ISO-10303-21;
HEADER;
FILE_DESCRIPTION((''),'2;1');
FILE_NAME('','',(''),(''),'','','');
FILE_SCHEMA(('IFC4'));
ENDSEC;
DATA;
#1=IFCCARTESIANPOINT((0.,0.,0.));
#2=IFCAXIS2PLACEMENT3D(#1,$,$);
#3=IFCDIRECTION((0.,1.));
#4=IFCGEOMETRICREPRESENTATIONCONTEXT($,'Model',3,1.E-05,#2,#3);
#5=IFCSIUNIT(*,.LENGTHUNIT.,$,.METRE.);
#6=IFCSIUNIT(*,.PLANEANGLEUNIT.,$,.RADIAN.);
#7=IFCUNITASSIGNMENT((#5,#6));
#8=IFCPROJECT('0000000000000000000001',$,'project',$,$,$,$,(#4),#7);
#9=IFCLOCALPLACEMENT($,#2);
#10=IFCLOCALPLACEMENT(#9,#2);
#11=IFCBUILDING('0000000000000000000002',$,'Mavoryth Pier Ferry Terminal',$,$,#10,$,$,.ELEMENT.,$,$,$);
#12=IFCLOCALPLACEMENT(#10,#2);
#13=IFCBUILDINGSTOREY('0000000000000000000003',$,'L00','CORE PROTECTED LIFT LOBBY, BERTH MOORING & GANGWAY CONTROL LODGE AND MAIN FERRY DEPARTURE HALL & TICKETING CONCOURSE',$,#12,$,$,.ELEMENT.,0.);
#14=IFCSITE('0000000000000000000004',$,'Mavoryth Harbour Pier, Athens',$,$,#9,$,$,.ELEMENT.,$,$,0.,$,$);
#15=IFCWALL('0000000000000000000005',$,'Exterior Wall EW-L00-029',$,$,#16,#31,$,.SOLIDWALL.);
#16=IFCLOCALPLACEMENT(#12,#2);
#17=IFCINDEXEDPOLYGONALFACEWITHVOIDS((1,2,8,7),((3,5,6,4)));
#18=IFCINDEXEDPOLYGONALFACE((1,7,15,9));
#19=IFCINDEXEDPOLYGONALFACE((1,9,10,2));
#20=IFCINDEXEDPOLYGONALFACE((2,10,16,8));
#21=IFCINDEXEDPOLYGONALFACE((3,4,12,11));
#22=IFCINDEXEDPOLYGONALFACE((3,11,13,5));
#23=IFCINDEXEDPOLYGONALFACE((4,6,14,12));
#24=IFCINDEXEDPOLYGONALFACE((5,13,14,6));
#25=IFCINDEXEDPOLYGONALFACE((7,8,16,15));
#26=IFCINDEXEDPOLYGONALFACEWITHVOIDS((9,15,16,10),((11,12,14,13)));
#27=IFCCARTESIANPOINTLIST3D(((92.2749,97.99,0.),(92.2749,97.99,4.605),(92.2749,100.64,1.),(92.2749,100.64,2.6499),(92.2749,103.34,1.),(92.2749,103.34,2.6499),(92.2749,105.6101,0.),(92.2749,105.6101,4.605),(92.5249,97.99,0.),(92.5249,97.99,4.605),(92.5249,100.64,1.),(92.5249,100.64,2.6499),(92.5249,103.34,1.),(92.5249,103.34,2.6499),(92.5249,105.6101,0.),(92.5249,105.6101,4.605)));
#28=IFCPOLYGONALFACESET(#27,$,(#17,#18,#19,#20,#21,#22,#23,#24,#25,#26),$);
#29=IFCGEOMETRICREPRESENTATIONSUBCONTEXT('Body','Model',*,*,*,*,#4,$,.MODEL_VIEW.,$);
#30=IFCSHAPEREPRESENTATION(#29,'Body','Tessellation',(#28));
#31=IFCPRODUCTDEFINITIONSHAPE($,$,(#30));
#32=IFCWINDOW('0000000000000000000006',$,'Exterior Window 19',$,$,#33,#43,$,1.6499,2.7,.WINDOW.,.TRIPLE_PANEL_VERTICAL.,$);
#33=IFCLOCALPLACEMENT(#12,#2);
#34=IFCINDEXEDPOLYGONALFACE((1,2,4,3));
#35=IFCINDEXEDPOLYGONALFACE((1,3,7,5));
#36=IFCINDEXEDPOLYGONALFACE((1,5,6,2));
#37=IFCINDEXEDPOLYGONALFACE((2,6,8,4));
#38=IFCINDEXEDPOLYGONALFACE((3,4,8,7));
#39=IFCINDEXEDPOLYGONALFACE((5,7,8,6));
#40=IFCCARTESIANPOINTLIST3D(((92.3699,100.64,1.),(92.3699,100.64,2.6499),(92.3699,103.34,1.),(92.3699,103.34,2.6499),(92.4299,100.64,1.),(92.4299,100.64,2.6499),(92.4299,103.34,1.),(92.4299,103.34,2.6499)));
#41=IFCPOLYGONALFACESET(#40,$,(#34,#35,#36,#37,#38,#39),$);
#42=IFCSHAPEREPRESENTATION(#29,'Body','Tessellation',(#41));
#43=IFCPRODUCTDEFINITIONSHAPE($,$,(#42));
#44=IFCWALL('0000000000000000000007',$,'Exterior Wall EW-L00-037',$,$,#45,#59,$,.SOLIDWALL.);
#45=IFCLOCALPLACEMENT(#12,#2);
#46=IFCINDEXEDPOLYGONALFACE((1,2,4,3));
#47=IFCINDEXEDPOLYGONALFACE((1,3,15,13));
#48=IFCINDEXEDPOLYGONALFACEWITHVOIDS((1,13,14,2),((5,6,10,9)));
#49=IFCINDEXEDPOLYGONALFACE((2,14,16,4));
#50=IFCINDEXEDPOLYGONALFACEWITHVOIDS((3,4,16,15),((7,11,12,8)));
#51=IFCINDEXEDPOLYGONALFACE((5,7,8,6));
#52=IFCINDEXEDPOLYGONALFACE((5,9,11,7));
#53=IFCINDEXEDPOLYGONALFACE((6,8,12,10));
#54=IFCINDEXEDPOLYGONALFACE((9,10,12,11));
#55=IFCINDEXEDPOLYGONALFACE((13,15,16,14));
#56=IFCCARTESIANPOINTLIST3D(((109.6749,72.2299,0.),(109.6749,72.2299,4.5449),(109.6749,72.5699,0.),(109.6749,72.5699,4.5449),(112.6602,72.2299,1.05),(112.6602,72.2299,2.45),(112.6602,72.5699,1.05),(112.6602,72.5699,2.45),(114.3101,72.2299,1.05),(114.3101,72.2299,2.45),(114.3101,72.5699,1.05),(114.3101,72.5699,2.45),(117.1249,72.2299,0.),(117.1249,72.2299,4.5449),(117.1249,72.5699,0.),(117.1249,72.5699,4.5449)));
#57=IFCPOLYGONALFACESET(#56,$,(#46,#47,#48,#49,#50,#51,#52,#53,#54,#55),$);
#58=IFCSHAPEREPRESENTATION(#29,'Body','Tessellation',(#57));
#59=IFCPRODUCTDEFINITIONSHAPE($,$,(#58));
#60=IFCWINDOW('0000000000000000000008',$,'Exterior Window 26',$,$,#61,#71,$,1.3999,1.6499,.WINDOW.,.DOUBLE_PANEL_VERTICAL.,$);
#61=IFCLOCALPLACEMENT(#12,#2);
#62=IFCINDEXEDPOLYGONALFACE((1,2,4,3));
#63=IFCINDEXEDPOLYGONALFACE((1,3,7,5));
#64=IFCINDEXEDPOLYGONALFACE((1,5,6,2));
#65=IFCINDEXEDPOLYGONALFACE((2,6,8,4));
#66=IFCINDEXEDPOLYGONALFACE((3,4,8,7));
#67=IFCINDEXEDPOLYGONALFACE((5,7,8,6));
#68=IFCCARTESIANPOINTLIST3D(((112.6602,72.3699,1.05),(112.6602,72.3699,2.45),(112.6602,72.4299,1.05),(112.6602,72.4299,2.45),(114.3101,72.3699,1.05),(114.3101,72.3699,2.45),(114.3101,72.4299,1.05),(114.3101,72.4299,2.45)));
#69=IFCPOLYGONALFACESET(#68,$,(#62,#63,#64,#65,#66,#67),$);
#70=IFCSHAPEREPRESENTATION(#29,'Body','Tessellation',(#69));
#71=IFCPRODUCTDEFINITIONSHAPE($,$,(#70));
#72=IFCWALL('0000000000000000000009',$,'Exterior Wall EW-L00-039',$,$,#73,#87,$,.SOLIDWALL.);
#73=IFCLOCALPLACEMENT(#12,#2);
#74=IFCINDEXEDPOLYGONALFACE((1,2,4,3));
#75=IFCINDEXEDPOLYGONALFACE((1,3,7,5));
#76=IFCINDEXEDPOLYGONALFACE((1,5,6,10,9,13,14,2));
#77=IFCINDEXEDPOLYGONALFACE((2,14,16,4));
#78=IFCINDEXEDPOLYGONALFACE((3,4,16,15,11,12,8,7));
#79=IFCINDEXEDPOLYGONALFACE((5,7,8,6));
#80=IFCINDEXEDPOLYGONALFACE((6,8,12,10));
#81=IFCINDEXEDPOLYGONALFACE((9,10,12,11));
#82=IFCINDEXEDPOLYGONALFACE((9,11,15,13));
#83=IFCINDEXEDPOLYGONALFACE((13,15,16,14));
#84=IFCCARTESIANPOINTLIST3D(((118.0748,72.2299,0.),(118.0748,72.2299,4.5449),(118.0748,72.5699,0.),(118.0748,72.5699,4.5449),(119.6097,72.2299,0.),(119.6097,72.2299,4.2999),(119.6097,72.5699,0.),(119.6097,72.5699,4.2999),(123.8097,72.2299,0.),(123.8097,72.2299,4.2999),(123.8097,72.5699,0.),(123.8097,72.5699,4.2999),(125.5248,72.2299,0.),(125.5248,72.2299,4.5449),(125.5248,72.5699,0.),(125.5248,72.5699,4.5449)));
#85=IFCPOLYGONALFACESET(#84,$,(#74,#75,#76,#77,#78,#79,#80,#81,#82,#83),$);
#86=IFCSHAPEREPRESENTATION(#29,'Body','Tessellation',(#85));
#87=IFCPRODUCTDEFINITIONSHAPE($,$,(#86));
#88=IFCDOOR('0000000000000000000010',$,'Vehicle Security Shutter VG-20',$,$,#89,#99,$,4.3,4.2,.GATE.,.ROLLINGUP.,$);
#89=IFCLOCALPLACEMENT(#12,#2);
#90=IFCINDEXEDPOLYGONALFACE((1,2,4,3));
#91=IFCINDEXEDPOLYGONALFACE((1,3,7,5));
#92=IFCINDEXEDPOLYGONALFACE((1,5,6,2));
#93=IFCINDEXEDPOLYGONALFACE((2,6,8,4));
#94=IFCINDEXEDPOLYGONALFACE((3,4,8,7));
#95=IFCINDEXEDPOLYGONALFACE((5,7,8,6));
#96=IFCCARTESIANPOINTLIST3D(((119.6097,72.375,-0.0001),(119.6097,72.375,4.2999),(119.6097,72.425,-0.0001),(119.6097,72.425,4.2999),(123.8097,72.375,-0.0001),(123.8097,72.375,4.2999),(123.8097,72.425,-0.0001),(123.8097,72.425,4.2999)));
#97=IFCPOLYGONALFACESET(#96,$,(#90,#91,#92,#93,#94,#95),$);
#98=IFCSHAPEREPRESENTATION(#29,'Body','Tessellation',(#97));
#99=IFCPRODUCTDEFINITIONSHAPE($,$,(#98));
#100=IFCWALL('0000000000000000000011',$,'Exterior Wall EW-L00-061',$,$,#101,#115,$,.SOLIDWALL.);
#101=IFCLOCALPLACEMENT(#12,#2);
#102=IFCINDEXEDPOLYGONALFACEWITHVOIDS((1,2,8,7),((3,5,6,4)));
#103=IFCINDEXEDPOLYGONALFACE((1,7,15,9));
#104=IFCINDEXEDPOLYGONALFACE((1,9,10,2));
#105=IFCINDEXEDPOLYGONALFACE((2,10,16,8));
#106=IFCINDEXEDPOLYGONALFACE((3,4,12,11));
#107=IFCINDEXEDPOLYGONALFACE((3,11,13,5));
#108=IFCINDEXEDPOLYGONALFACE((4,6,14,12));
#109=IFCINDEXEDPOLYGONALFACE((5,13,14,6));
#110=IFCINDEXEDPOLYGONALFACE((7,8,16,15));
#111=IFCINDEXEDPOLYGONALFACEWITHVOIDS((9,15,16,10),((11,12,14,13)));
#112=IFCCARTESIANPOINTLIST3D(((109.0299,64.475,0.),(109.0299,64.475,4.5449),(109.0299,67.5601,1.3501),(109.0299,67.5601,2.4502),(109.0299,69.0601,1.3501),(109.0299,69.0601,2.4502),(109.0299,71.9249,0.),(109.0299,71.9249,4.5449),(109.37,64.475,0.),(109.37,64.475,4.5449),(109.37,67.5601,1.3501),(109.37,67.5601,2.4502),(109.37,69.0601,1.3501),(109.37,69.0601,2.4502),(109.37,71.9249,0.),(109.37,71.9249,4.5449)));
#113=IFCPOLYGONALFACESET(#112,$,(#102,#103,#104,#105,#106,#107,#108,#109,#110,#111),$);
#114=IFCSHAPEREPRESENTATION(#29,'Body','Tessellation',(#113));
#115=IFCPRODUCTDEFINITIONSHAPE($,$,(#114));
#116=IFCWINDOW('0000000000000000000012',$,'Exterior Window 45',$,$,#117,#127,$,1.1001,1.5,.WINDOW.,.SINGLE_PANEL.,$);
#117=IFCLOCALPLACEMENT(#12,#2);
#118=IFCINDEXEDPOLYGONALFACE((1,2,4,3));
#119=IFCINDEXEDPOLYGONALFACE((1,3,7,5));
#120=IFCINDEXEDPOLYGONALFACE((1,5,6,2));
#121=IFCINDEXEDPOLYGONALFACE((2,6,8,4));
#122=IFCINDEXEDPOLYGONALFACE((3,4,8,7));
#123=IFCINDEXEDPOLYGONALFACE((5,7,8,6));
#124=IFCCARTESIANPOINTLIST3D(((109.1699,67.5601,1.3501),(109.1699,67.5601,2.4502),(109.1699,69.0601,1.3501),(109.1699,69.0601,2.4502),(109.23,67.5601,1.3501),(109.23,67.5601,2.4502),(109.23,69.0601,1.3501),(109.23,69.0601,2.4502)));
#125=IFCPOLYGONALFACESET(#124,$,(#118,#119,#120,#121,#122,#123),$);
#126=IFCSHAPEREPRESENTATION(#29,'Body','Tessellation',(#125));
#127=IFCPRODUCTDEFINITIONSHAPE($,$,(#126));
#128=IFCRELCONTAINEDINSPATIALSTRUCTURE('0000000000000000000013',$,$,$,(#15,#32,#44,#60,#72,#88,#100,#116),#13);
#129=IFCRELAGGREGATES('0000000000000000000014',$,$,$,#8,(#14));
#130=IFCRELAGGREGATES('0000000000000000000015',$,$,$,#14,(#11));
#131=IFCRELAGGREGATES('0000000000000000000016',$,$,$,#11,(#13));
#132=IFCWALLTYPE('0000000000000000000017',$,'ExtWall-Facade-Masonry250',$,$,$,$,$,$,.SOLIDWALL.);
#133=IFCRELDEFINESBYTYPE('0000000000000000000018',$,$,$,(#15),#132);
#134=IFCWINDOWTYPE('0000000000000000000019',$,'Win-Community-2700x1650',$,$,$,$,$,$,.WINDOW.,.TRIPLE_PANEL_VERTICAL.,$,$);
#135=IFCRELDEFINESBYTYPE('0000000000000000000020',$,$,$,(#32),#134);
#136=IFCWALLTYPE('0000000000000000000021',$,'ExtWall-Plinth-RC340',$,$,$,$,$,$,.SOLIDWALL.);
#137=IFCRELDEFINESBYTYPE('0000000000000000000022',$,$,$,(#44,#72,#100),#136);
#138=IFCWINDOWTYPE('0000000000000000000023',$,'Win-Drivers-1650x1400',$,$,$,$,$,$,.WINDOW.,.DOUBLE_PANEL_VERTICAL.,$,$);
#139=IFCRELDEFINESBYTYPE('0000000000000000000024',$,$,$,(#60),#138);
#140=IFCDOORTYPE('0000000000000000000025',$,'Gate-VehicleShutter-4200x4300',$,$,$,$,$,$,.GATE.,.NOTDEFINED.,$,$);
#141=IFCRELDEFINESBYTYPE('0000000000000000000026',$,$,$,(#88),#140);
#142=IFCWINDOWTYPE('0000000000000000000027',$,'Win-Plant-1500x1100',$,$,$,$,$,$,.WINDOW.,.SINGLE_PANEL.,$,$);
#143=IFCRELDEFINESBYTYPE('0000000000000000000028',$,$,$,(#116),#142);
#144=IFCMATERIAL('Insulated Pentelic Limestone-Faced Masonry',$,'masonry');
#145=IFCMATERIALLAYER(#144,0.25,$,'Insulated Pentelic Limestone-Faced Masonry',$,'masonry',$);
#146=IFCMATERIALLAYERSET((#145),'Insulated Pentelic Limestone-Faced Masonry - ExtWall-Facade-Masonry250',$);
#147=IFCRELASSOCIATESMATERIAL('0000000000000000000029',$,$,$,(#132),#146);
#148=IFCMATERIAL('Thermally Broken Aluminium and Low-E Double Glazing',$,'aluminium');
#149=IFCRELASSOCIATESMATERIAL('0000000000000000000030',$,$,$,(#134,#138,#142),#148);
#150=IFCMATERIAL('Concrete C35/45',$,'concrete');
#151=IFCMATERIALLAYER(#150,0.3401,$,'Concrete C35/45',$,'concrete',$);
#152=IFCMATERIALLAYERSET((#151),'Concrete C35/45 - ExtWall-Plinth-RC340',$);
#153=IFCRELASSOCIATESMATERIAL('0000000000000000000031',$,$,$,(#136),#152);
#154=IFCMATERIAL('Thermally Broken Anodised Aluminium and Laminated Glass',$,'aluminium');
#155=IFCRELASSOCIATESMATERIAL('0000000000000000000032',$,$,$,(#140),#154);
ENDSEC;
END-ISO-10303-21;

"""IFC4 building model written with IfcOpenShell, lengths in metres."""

from ifc_helpers import new_model, si_unit, direction, frame, frame_2d, origin, place, context, subcontext, project, spatial, rectangle, extrude, material, layer, layer_set, type_object, element, fill, save


model = new_model("IFC4")

# Units and contexts
model_context = context("Model", 3, precision=1e-05, world=origin(), true_north=direction((0.0, 1.0)))
body_context = subcontext(model_context, "Body", "Model", "MODEL_VIEW")
ifc_project = project(units=[si_unit("LENGTHUNIT", "METRE"), si_unit("PLANEANGLEUNIT", "RADIAN")], contexts=[model_context])

# Site, building, storey
site_placement = place(None, origin())
site = spatial("IfcSite", under=ifc_project, at=site_placement, Name="Mavoryth Harbour Pier, Athens", CompositionType="ELEMENT", RefElevation=0.0)
building_placement = place(site_placement, origin())
building = spatial("IfcBuilding", under=site, at=building_placement, Name="Mavoryth Pier Ferry Terminal", CompositionType="ELEMENT")
storey_placement = place(building_placement, origin())
storey = spatial("IfcBuildingStorey", under=building, at=storey_placement, Name="L00", Description="CORE PROTECTED LIFT LOBBY, BERTH MOORING & GANGWAY CONTROL LODGE AND MAIN FERRY DEPARTURE HALL & TICKETING CONCOURSE", CompositionType="ELEMENT", Elevation=0.0)

# Shared definitions
ifc_material_1 = material(Name="Concrete C35/45", Category="concrete")

# Walls, openings, windows
ifc_material_2 = material(Name="Insulated Pentelic Limestone-Faced Masonry", Category="masonry")
ifc_layer_1 = layer(ifc_material_2, 0.25, Name="Insulated Pentelic Limestone-Faced Masonry", Category="masonry")
ifc_layer_set_1 = layer_set([ifc_layer_1], Name="Insulated Pentelic Limestone-Faced Masonry - ExtWall-Facade-Masonry250")
wall_type_1 = type_object("IfcWallType", Name="ExtWall-Facade-Masonry250", PredefinedType="SOLIDWALL", material=ifc_layer_set_1)
wall_1_placement = place(storey_placement, frame((92.3999, 97.99, 0.0), z_axis=(0.0, 0.0, 1.0), x_axis=(0.0, 1.0, 0.0)))
wall_1 = element("IfcWall", 1, at=wall_1_placement, inside=storey, type_object=wall_type_1, Name="Exterior Wall EW-L00-029", PredefinedType="SOLIDWALL", context=body_context, shape_type="SweptSolid", body=[
    extrude(rectangle(XDim=7.6201, YDim=0.25, at=frame_2d((3.8101, 0.0))), origin(), (0.0, 0.0, 1.0), 4.605),
])
opening_1_placement = place(wall_1_placement, frame((2.6499, 0.0, 1.0)))
opening_1 = element("IfcOpeningElement", 2, at=opening_1_placement, cuts=wall_1, PredefinedType="OPENING", context=body_context, shape_type="SweptSolid", body=[
    extrude(rectangle(XDim=2.7, YDim=1.6499, at=frame_2d((1.3501, 0.825))), frame((0.0, 0.135, 0.0), z_axis=(0.0, -1.0, 0.0), x_axis=(1.0, 0.0, 0.0)), (0.0, 0.0, 1.0), 0.27),
])
ifc_material_3 = material(Name="Thermally Broken Aluminium and Low-E Double Glazing", Category="aluminium")
window_type_1 = type_object("IfcWindowType", Name="Win-Community-2700x1650", PartitioningType="TRIPLE_PANEL_VERTICAL", PredefinedType="WINDOW", material=ifc_material_3)
window_1_placement = place(opening_1_placement, origin())
window_1 = element("IfcWindow", 3, at=window_1_placement, inside=storey, type_object=window_type_1, Name="Exterior Window 19", OverallHeight=1.6499, OverallWidth=2.7, PartitioningType="TRIPLE_PANEL_VERTICAL", PredefinedType="WINDOW", context=body_context, shape_type="SweptSolid", body=[
    extrude(rectangle(XDim=2.7, YDim=1.6499, at=frame_2d((1.3501, 0.825))), frame((0.0, 0.03, 0.0), z_axis=(0.0, -1.0, 0.0), x_axis=(1.0, 0.0, 0.0)), (0.0, 0.0, 1.0), 0.0601),
])
fill(opening_1, window_1)
ifc_layer_2 = layer(ifc_material_1, 0.3401, Name="Concrete C35/45", Category="concrete")
ifc_layer_set_2 = layer_set([ifc_layer_2], Name="Concrete C35/45 - ExtWall-Plinth-RC340")
wall_type_2 = type_object("IfcWallType", Name="ExtWall-Plinth-RC340", PredefinedType="SOLIDWALL", material=ifc_layer_set_2)
wall_2_placement = place(storey_placement, frame((117.125, 72.3999, 0.0), z_axis=(0.0, 0.0, 1.0), x_axis=(-1.0, 0.0, 0.0)))
wall_2 = element("IfcWall", 4, at=wall_2_placement, inside=storey, type_object=wall_type_2, Name="Exterior Wall EW-L00-037", PredefinedType="SOLIDWALL", context=body_context, shape_type="SweptSolid", body=[
    extrude(rectangle(XDim=7.45, YDim=0.3401, at=frame_2d((3.7251, 0.0))), origin(), (0.0, 0.0, 1.0), 4.5449),
])
opening_2_placement = place(wall_2_placement, frame((2.8149, 0.0, 1.05)))
opening_2 = element("IfcOpeningElement", 5, at=opening_2_placement, cuts=wall_2, PredefinedType="OPENING", context=body_context, shape_type="SweptSolid", body=[
    extrude(rectangle(XDim=1.6499, YDim=1.3999, at=frame_2d((0.825, 0.7))), frame((0.0, 0.1799, 0.0), z_axis=(0.0, -1.0, 0.0), x_axis=(1.0, 0.0, 0.0)), (0.0, 0.0, 1.0), 0.3601),
])
window_type_2 = type_object("IfcWindowType", Name="Win-Drivers-1650x1400", PartitioningType="DOUBLE_PANEL_VERTICAL", PredefinedType="WINDOW", material=ifc_material_3)
window_2_placement = place(opening_2_placement, origin())
window_2 = element("IfcWindow", 6, at=window_2_placement, inside=storey, type_object=window_type_2, Name="Exterior Window 26", OverallHeight=1.3999, OverallWidth=1.6499, PartitioningType="DOUBLE_PANEL_VERTICAL", PredefinedType="WINDOW", context=body_context, shape_type="SweptSolid", body=[
    extrude(rectangle(XDim=1.6499, YDim=1.3999, at=frame_2d((0.825, 0.7))), frame((0.0, 0.03, 0.0), z_axis=(0.0, -1.0, 0.0), x_axis=(1.0, 0.0, 0.0)), (0.0, 0.0, 1.0), 0.0601),
])
fill(opening_2, window_2)

# Wall, opening, door
wall_3_placement = place(storey_placement, frame((125.5249, 72.3999, 0.0), z_axis=(0.0, 0.0, 1.0), x_axis=(-1.0, 0.0, 0.0)))
wall_3 = element("IfcWall", 7, at=wall_3_placement, inside=storey, type_object=wall_type_2, Name="Exterior Wall EW-L00-039", PredefinedType="SOLIDWALL", context=body_context, shape_type="SweptSolid", body=[
    extrude(rectangle(XDim=7.45, YDim=0.3401, at=frame_2d((3.7251, 0.0))), origin(), (0.0, 0.0, 1.0), 4.5449),
])
opening_3_placement = place(wall_3_placement, frame((1.7151, 0.0, 0.0)))
opening_3 = element("IfcOpeningElement", 8, at=opening_3_placement, cuts=wall_3, PredefinedType="OPENING", context=body_context, shape_type="SweptSolid", body=[
    extrude(rectangle(XDim=4.2, YDim=4.3, at=frame_2d((2.1001, 2.1499))), frame((0.0, 0.1799, 0.0), z_axis=(0.0, -1.0, 0.0), x_axis=(1.0, 0.0, 0.0)), (0.0, 0.0, 1.0), 0.3601),
])
ifc_material_4 = material(Name="Thermally Broken Anodised Aluminium and Laminated Glass", Category="aluminium")
door_type = type_object("IfcDoorType", Name="Gate-VehicleShutter-4200x4300", OperationType="NOTDEFINED", PredefinedType="GATE", material=ifc_material_4)
door_placement = place(opening_3_placement, origin())
door = element("IfcDoor", 9, at=door_placement, inside=storey, type_object=door_type, Name="Vehicle Security Shutter VG-20", OperationType="ROLLINGUP", OverallHeight=4.3, OverallWidth=4.2, PredefinedType="GATE", context=body_context, shape_type="SweptSolid", body=[
    extrude(rectangle(XDim=4.2, YDim=4.3, at=frame_2d((2.1001, 2.1499))), frame((0.0, 0.0249, 0.0), z_axis=(0.0, -1.0, 0.0), x_axis=(1.0, 0.0, 0.0)), (0.0, 0.0, 1.0), 0.05),
])
fill(opening_3, door)

# Wall, opening, window
wall_4_placement = place(storey_placement, frame((109.2, 71.925, 0.0), z_axis=(0.0, 0.0, 1.0), x_axis=(0.0, -1.0, 0.0)))
wall_4 = element("IfcWall", 10, at=wall_4_placement, inside=storey, type_object=wall_type_2, Name="Exterior Wall EW-L00-061", PredefinedType="SOLIDWALL", context=body_context, shape_type="SweptSolid", body=[
    extrude(rectangle(XDim=7.45, YDim=0.3401, at=frame_2d((3.7251, 0.0))), origin(), (0.0, 0.0, 1.0), 4.5449),
])
opening_4_placement = place(wall_4_placement, frame((2.865, 0.0, 1.3501)))
opening_4 = element("IfcOpeningElement", 11, at=opening_4_placement, cuts=wall_4, PredefinedType="OPENING", context=body_context, shape_type="SweptSolid", body=[
    extrude(rectangle(XDim=1.5, YDim=1.1001, at=frame_2d((0.75, 0.55))), frame((0.0, 0.1799, 0.0), z_axis=(0.0, -1.0, 0.0), x_axis=(1.0, 0.0, 0.0)), (0.0, 0.0, 1.0), 0.3601),
])
window_type_3 = type_object("IfcWindowType", Name="Win-Plant-1500x1100", PartitioningType="SINGLE_PANEL", PredefinedType="WINDOW", material=ifc_material_3)
window_3_placement = place(opening_4_placement, origin())
window_3 = element("IfcWindow", 12, at=window_3_placement, inside=storey, type_object=window_type_3, Name="Exterior Window 45", OverallHeight=1.1001, OverallWidth=1.5, PartitioningType="SINGLE_PANEL", PredefinedType="WINDOW", context=body_context, shape_type="SweptSolid", body=[
    extrude(rectangle(XDim=1.5, YDim=1.1001, at=frame_2d((0.75, 0.55))), frame((0.0, 0.03, 0.0), z_axis=(0.0, -1.0, 0.0), x_axis=(1.0, 0.0, 0.0)), (0.0, 0.0, 1.0), 0.0601),
])
fill(opening_4, window_3)

save(model, "model.ifc")
